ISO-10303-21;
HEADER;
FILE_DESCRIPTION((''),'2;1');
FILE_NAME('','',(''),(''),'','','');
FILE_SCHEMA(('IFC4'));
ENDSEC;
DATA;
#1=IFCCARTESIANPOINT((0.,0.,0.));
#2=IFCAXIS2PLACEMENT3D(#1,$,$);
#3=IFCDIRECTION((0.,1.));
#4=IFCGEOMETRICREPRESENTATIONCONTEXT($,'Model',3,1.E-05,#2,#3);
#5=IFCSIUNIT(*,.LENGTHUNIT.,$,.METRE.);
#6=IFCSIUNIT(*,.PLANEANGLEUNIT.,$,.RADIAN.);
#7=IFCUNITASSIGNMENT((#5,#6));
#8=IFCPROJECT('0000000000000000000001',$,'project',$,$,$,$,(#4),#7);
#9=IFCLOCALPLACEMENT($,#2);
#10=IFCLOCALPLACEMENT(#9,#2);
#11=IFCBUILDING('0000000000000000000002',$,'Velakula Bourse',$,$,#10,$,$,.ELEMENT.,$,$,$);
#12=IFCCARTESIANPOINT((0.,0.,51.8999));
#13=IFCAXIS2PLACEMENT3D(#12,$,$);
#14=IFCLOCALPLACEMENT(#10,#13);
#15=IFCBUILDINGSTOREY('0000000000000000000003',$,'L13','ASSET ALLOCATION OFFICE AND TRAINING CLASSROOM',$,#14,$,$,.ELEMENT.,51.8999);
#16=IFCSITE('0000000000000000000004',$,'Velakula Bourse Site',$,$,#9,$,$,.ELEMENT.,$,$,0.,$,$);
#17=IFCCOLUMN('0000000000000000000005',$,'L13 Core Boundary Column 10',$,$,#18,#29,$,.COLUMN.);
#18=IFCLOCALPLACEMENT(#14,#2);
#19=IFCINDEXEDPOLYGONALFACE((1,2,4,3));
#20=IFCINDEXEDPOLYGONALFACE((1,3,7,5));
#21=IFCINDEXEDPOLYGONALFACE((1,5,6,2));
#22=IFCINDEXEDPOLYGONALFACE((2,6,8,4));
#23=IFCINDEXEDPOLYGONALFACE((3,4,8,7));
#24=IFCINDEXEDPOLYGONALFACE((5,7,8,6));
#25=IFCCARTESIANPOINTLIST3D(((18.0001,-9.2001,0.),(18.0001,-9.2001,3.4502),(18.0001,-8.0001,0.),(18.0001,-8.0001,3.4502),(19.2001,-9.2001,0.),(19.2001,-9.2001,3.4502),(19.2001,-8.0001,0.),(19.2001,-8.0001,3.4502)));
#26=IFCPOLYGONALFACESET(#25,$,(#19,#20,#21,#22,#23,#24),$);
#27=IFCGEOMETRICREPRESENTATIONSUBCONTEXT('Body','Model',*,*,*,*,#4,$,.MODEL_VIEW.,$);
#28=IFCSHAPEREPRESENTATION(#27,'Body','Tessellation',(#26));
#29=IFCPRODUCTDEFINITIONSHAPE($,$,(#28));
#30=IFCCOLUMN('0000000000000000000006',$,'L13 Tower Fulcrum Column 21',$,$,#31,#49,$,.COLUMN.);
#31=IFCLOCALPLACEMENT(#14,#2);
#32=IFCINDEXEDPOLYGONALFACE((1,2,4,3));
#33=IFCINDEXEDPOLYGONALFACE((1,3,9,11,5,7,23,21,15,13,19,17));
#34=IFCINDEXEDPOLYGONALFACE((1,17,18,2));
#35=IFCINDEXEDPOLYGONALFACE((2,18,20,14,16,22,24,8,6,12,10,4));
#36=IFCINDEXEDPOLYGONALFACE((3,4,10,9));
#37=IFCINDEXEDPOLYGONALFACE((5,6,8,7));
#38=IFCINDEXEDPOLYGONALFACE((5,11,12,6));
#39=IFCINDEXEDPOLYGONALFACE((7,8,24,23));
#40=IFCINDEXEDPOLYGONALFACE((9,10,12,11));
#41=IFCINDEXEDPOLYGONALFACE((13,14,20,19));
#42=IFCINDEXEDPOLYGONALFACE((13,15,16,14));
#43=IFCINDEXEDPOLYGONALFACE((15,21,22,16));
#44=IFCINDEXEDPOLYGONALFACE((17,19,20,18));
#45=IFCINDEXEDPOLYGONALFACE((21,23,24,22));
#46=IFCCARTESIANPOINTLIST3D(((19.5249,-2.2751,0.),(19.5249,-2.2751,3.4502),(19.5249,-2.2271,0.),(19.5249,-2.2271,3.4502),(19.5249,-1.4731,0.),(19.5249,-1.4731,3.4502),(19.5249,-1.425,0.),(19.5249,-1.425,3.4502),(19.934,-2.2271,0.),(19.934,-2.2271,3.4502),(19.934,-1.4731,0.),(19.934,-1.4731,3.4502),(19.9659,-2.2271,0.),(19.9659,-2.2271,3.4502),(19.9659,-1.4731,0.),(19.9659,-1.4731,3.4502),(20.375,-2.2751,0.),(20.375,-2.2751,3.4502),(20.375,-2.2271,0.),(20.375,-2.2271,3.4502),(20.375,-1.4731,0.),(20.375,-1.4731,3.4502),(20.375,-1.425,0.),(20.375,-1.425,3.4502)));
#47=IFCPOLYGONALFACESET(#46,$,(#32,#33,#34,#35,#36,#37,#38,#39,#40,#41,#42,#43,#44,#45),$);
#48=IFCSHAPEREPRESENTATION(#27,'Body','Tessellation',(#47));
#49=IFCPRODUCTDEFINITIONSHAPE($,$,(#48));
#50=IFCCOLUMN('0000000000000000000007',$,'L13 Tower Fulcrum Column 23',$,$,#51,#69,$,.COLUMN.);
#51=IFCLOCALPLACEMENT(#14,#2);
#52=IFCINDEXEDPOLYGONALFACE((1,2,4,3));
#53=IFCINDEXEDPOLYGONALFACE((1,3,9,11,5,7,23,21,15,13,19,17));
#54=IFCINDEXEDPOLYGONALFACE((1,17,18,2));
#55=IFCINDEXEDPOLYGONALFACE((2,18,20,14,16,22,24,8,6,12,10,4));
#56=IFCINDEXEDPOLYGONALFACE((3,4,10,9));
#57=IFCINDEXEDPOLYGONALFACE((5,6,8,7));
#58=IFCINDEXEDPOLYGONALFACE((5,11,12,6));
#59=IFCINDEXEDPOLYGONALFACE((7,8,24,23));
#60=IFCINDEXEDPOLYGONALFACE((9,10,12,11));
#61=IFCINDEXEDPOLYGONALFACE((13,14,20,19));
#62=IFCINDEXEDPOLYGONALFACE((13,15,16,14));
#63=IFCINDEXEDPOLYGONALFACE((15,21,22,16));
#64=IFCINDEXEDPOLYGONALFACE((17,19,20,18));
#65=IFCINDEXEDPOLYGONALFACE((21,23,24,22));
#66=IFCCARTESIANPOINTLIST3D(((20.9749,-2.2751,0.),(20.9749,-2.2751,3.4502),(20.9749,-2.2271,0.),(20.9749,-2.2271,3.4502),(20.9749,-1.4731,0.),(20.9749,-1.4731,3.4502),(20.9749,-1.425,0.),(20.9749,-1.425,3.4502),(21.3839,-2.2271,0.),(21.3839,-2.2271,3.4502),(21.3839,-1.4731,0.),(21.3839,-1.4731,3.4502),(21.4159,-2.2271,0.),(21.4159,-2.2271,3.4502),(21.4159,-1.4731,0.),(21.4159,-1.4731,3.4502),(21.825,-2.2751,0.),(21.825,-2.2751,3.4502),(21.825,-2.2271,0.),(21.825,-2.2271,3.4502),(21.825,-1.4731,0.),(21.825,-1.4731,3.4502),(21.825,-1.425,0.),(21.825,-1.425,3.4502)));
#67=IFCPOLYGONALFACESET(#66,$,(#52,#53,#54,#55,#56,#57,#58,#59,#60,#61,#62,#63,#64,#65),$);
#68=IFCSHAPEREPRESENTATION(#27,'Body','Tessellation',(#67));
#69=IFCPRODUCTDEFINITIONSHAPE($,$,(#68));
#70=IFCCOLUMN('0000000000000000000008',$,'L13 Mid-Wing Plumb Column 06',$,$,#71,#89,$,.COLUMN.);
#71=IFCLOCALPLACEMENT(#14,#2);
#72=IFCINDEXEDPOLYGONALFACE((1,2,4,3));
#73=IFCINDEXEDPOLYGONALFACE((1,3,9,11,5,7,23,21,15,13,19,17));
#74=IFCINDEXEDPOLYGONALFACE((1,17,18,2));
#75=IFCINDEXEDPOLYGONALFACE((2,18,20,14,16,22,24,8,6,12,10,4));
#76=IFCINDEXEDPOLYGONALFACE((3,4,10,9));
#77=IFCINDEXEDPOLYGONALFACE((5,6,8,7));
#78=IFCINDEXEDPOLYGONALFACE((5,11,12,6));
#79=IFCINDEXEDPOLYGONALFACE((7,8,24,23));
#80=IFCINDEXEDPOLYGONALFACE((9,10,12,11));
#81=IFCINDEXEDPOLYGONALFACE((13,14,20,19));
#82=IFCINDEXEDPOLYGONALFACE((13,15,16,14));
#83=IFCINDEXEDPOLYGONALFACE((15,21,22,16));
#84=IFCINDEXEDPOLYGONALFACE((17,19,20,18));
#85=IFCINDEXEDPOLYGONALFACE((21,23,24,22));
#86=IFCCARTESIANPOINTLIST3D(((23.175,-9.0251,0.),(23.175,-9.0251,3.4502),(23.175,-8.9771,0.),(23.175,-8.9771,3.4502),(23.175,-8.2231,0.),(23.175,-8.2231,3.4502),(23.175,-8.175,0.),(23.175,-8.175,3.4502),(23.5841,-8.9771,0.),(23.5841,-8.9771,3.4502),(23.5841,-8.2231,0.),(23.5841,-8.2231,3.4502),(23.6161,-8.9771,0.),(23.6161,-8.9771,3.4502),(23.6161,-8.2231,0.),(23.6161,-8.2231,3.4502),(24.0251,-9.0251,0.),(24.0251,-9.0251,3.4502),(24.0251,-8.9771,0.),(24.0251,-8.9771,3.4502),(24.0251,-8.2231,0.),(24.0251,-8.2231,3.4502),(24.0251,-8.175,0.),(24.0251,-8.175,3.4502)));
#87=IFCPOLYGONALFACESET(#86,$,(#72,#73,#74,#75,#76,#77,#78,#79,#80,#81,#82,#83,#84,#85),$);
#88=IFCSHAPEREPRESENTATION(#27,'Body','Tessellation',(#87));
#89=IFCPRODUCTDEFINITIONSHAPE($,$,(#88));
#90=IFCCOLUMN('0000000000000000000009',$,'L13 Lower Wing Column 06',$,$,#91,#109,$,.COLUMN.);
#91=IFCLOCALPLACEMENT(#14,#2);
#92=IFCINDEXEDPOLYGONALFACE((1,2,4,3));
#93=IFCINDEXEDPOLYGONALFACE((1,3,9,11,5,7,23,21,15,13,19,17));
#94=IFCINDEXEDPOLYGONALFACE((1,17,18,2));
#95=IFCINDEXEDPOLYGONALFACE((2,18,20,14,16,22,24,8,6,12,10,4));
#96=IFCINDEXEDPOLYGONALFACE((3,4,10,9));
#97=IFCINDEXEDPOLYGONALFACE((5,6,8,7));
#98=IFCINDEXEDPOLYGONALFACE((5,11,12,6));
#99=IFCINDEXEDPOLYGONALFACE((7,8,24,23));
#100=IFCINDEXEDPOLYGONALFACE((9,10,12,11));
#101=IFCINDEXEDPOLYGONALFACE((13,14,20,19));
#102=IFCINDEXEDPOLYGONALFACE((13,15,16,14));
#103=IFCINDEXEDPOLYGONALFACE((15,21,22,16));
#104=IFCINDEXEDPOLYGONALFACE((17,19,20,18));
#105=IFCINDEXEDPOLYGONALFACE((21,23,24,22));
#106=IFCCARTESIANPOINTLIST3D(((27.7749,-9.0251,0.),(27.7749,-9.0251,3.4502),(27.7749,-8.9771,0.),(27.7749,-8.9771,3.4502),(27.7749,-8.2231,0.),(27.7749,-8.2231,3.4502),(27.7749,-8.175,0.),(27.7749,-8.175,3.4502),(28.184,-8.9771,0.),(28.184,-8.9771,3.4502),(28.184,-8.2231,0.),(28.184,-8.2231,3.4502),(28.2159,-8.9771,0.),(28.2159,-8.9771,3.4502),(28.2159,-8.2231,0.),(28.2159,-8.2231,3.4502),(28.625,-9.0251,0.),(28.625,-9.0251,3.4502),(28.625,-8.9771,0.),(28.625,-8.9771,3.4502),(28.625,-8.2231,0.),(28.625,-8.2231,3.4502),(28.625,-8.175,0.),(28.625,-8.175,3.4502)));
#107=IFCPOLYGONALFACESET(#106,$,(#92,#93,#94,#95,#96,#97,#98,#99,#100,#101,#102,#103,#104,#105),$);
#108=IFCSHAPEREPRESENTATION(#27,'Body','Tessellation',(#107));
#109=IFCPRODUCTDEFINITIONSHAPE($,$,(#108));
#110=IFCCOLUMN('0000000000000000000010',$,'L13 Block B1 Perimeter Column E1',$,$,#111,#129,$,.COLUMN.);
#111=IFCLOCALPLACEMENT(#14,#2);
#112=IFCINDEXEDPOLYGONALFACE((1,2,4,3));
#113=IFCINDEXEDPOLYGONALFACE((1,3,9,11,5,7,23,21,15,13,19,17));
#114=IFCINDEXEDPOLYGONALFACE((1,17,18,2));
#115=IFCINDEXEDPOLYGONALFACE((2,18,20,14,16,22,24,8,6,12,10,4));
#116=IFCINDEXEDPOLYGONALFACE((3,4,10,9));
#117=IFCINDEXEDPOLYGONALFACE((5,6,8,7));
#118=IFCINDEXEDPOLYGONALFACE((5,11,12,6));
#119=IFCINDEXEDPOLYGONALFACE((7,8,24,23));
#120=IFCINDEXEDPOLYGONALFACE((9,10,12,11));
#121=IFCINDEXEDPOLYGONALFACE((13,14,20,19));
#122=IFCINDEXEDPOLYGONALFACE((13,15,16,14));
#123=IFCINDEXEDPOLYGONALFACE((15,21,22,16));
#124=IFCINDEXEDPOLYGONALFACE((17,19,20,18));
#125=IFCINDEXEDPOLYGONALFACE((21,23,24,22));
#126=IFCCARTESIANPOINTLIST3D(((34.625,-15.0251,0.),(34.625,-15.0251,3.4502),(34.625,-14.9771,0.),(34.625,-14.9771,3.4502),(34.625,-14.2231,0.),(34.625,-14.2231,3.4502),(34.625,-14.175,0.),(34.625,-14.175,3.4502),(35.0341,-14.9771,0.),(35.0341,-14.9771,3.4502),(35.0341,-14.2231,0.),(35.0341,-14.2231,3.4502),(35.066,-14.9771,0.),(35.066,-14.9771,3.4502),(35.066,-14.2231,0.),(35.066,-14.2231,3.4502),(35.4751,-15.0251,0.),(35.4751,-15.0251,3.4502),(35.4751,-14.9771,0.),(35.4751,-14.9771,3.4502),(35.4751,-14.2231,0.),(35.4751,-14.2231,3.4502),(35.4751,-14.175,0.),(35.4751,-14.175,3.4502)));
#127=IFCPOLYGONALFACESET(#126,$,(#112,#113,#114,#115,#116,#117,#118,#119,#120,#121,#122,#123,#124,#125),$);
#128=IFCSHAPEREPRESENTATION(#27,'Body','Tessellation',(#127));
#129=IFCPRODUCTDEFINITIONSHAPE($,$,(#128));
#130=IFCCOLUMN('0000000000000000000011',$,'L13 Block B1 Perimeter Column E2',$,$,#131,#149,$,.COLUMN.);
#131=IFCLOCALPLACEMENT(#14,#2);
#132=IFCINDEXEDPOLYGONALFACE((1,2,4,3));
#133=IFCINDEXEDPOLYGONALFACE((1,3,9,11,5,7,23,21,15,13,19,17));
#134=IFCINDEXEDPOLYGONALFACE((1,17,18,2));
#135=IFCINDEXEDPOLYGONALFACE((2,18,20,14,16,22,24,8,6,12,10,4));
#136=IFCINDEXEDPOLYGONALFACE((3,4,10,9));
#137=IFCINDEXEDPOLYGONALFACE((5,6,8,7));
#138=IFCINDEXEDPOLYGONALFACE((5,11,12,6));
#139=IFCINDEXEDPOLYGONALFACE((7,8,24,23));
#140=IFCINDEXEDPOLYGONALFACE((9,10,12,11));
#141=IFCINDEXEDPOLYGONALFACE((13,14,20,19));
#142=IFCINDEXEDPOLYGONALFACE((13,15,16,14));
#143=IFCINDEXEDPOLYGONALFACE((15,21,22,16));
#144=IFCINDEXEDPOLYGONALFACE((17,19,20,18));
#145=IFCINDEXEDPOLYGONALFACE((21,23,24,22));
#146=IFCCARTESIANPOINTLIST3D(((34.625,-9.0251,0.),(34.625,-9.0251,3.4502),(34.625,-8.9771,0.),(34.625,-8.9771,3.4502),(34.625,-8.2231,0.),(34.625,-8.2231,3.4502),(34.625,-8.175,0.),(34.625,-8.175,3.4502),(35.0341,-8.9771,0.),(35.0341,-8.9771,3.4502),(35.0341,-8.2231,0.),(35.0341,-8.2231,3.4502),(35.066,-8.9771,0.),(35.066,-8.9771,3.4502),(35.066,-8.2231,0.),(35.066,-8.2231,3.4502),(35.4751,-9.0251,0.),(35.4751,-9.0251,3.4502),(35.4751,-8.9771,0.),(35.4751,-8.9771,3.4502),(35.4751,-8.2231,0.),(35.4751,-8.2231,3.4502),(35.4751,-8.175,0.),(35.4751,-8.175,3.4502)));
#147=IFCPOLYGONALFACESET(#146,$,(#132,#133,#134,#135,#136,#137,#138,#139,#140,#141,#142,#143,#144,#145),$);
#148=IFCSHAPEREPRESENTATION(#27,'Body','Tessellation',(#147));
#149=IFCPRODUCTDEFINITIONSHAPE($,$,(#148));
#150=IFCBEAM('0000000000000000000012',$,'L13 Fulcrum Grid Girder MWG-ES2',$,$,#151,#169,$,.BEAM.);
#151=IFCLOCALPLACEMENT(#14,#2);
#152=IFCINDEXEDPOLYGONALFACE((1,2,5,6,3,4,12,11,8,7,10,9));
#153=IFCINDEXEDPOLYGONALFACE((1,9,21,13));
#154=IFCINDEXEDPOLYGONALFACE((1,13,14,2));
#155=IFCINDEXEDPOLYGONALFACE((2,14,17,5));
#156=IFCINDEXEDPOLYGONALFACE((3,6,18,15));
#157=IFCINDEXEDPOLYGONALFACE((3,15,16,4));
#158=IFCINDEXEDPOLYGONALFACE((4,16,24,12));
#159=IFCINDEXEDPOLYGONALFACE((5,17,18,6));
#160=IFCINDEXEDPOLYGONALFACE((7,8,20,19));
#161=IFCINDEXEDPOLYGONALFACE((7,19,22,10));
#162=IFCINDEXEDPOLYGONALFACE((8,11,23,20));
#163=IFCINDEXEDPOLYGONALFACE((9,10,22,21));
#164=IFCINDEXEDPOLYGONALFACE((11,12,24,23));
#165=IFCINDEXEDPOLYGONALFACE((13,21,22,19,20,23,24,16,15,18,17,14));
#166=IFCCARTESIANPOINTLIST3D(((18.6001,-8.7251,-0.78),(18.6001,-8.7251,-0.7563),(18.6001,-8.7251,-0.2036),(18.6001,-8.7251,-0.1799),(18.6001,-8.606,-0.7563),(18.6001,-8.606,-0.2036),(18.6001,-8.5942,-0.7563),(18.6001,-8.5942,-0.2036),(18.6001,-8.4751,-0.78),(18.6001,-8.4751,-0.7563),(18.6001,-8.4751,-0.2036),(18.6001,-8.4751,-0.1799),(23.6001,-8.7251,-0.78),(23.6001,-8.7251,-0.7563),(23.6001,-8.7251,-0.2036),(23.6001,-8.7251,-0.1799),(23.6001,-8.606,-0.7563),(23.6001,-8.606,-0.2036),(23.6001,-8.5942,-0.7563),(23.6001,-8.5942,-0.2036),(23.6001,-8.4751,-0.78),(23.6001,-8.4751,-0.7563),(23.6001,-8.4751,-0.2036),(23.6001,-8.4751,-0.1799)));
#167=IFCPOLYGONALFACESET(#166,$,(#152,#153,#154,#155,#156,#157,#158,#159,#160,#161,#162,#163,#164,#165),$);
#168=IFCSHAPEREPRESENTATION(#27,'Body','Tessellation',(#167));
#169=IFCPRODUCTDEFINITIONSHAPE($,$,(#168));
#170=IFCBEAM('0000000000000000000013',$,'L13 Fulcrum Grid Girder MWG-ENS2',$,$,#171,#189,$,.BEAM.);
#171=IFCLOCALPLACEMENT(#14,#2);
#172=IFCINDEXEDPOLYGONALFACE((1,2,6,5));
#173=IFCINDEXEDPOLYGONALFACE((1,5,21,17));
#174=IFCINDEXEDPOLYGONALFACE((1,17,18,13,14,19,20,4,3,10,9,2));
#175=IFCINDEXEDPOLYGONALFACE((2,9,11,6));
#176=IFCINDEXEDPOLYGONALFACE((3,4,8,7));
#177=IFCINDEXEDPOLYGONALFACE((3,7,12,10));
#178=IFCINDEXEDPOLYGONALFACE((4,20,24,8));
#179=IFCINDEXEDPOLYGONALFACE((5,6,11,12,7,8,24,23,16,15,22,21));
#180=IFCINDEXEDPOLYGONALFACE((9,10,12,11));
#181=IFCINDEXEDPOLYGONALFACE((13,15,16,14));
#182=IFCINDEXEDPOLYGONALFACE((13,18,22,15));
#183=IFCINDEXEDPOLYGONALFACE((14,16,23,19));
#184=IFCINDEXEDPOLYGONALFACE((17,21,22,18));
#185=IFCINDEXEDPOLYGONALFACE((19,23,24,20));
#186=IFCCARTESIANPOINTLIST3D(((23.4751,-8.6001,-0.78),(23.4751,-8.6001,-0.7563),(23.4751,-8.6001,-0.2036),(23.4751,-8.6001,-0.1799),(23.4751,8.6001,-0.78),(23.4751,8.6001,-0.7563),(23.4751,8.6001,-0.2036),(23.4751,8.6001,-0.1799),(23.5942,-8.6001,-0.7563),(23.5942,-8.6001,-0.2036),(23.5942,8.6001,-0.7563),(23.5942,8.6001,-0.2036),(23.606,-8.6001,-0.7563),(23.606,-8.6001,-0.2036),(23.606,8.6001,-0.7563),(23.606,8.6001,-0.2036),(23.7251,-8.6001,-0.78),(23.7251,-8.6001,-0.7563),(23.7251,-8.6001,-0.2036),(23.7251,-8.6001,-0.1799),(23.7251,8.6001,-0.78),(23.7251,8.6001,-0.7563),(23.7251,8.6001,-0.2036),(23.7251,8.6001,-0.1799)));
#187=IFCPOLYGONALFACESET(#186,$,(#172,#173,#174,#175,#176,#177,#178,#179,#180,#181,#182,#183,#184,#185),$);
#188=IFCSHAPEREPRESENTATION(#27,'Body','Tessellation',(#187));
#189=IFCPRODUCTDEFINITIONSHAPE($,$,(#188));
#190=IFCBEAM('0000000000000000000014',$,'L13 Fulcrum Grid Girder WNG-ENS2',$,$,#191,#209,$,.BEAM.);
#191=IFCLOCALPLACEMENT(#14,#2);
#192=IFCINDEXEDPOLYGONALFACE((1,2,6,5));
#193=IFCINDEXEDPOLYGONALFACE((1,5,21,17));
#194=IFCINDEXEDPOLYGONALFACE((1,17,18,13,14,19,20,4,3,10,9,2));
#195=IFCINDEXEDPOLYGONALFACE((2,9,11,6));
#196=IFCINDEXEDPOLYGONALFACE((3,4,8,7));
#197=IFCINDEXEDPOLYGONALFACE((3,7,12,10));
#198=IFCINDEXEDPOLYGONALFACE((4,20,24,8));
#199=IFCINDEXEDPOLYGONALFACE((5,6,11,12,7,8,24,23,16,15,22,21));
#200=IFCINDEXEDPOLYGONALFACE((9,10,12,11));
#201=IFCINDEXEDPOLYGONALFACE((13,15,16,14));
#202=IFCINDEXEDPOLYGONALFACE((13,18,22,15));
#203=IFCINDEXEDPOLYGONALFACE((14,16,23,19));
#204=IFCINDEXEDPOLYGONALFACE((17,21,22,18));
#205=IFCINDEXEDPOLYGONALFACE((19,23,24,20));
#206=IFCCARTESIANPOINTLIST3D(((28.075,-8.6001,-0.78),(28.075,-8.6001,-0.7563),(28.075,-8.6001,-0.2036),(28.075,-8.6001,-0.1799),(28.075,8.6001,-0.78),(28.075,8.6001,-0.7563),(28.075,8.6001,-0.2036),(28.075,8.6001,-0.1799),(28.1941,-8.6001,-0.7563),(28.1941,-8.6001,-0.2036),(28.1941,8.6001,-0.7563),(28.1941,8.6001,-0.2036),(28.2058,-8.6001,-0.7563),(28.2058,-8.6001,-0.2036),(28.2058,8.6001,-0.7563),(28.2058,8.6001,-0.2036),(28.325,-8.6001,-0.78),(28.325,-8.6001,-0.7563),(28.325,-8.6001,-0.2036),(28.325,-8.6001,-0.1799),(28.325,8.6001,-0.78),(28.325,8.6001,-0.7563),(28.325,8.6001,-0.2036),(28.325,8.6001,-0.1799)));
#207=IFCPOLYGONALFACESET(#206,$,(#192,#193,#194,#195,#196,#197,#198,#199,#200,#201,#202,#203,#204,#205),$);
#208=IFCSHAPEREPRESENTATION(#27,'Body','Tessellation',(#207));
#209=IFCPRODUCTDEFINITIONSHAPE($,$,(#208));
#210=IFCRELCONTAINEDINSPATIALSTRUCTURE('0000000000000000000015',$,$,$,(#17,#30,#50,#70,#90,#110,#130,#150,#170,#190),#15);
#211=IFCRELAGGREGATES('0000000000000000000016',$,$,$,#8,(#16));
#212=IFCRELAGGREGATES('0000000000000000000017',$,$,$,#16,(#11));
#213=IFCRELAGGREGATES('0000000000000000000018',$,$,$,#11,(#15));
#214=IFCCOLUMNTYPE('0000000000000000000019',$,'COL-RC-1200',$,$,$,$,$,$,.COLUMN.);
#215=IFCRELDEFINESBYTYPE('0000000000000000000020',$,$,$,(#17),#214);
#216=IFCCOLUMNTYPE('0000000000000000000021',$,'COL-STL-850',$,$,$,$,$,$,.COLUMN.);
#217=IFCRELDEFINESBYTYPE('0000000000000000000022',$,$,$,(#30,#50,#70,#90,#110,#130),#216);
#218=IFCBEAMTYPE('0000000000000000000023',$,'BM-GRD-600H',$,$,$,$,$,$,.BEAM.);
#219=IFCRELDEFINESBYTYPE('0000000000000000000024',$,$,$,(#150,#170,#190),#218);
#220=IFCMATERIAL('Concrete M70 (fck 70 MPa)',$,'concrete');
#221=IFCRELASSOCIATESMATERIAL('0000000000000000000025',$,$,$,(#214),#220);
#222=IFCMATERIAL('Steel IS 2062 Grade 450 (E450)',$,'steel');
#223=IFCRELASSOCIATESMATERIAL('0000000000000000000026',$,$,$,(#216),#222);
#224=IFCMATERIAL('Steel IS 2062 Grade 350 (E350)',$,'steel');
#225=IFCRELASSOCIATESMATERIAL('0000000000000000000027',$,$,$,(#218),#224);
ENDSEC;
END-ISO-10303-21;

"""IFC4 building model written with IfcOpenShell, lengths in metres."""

from ifc_helpers import new_model, si_unit, direction, frame, origin, origin_2d, place, context, subcontext, project, spatial, rectangle, i_section, extrude, material, material_profile, profile_set, type_object, element, save


model = new_model("IFC4")

# Units and contexts
model_context = context("Model", 3, precision=1e-05, world=origin(), true_north=direction((0.0, 1.0)))
body_context = subcontext(model_context, "Body", "Model", "MODEL_VIEW")
ifc_project = project(units=[si_unit("LENGTHUNIT", "METRE"), si_unit("PLANEANGLEUNIT", "RADIAN")], contexts=[model_context])

# Site, building, storey
site_placement = place(None, origin())
site = spatial("IfcSite", under=ifc_project, at=site_placement, Name="Velakula Bourse Site", CompositionType="ELEMENT", RefElevation=0.0)
building_placement = place(site_placement, origin())
building = spatial("IfcBuilding", under=site, at=building_placement, Name="Velakula Bourse", CompositionType="ELEMENT")
storey_placement = place(building_placement, frame((0.0, 0.0, 51.8999)))
storey = spatial("IfcBuildingStorey", under=building, at=storey_placement, Name="L13", Description="ASSET ALLOCATION OFFICE AND TRAINING CLASSROOM", CompositionType="ELEMENT", Elevation=51.8999)

# Columns
ifc_material_1 = material(Name="Concrete M70 (fck 70 MPa)", Category="concrete")
ifc_material_profile_1 = material_profile(ifc_material_1, rectangle(XDim=1.2, YDim=1.2, at=origin_2d()), Name="Concrete M70 (fck 70 MPa)")
ifc_profile_set_1 = profile_set([ifc_material_profile_1], Name="Concrete M70 (fck 70 MPa)")
column_type_1 = type_object("IfcColumnType", Name="COL-RC-1200", PredefinedType="COLUMN", material=ifc_profile_set_1)
column_placement = place(storey_placement, frame((18.6001, -8.6001, 0.0), z_axis=(0.0, 0.0, 1.0), x_axis=(1.0, 0.0, 0.0)))
element("IfcColumn", 1, at=column_placement, inside=storey, type_object=column_type_1, Name="L13 Core Boundary Column 10", PredefinedType="COLUMN", context=body_context, shape_type="SweptSolid", body=[
    extrude(rectangle(XDim=1.2, YDim=1.2, at=origin_2d()), origin(), (0.0, 0.0, 1.0), 3.4502),
])
ifc_material_2 = material(Name="Steel IS 2062 Grade 450 (E450)", Category="steel")
ifc_material_profile_2 = material_profile(ifc_material_2, i_section(OverallWidth=0.8501, OverallDepth=0.8501, WebThickness=0.032, FlangeThickness=0.0481, at=origin_2d()), Name="Steel IS 2062 Grade 450 (E450)")
ifc_profile_set_2 = profile_set([ifc_material_profile_2], Name="Steel IS 2062 Grade 450 (E450)")
column_type_2 = type_object("IfcColumnType", Name="COL-STL-850", PredefinedType="COLUMN", material=ifc_profile_set_2)
for number, where, z_axis, x_axis, name in (
    (2, (19.95, -1.8501, 0.0), (0.0, 0.0, 1.0), (1.0, 0.0, 0.0), "L13 Tower Fulcrum Column 21"),
    (3, (21.3999, -1.8501, 0.0), (0.0, 0.0, 1.0), (1.0, 0.0, 0.0), "L13 Tower Fulcrum Column 23"),
    (4, (23.6001, -8.6001, 0.0), (0.0, 0.0, 1.0), (1.0, 0.0, 0.0), "L13 Mid-Wing Plumb Column 06"),
    (5, (28.2, -8.6001, 0.0), (0.0, 0.0, 1.0), (1.0, 0.0, 0.0), "L13 Lower Wing Column 06"),
    (6, (35.05, -14.6001, 0.0), (0.0, 0.0, 1.0), (1.0, 0.0, 0.0), "L13 Block B1 Perimeter Column E1"),
    (7, (35.05, -8.6001, 0.0), (0.0, 0.0, 1.0), (1.0, 0.0, 0.0), "L13 Block B1 Perimeter Column E2"),
):
    element("IfcColumn", number, at=place(storey_placement, frame(where, z_axis=z_axis, x_axis=x_axis)), inside=storey, type_object=column_type_2, Name=name, PredefinedType="COLUMN", context=body_context, shape_type="SweptSolid", body=[
        extrude(i_section(OverallWidth=0.8501, OverallDepth=0.8501, WebThickness=0.032, FlangeThickness=0.0481, at=origin_2d()), origin(), (0.0, 0.0, 1.0), 3.4502),
    ])

# Beams
ifc_material_3 = material(Name="Steel IS 2062 Grade 350 (E350)", Category="steel")
ifc_material_profile_3 = material_profile(ifc_material_3, i_section(OverallWidth=0.25, OverallDepth=0.6001, WebThickness=0.0117, FlangeThickness=0.0237, at=origin_2d()), Name="Steel IS 2062 Grade 350 (E350)")
ifc_profile_set_3 = profile_set([ifc_material_profile_3], Name="Steel IS 2062 Grade 350 (E350)")
beam_type_1 = type_object("IfcBeamType", Name="BM-GRD-600H", PredefinedType="BEAM", material=ifc_profile_set_3)
beam_1_placement = place(storey_placement, frame((18.6001, -8.6001, -0.48), z_axis=(1.0, 0.0, 0.0), x_axis=(0.0, 1.0, 0.0)))
element("IfcBeam", 8, at=beam_1_placement, inside=storey, type_object=beam_type_1, Name="L13 Fulcrum Grid Girder MWG-ES2", PredefinedType="BEAM", context=body_context, shape_type="SweptSolid", body=[
    extrude(i_section(OverallWidth=0.25, OverallDepth=0.6001, WebThickness=0.0117, FlangeThickness=0.0237, at=origin_2d()), origin(), (0.0, 0.0, 1.0), 5.0),
])
for number, where, z_axis, x_axis, name in (
    (9, (23.6001, -8.6001, -0.48), (0.0, 1.0, 0.0), (-1.0, 0.0, 0.0), "L13 Fulcrum Grid Girder MWG-ENS2"),
    (10, (28.2, -8.6001, -0.48), (0.0, 1.0, 0.0), (-1.0, 0.0, 0.0), "L13 Fulcrum Grid Girder WNG-ENS2"),
):
    element("IfcBeam", number, at=place(storey_placement, frame(where, z_axis=z_axis, x_axis=x_axis)), inside=storey, type_object=beam_type_1, Name=name, PredefinedType="BEAM", context=body_context, shape_type="SweptSolid", body=[
        extrude(i_section(OverallWidth=0.25, OverallDepth=0.6001, WebThickness=0.0117, FlangeThickness=0.0237, at=origin_2d()), origin(), (0.0, 0.0, 1.0), 17.2002),
    ])

save(model, "model.ifc")
